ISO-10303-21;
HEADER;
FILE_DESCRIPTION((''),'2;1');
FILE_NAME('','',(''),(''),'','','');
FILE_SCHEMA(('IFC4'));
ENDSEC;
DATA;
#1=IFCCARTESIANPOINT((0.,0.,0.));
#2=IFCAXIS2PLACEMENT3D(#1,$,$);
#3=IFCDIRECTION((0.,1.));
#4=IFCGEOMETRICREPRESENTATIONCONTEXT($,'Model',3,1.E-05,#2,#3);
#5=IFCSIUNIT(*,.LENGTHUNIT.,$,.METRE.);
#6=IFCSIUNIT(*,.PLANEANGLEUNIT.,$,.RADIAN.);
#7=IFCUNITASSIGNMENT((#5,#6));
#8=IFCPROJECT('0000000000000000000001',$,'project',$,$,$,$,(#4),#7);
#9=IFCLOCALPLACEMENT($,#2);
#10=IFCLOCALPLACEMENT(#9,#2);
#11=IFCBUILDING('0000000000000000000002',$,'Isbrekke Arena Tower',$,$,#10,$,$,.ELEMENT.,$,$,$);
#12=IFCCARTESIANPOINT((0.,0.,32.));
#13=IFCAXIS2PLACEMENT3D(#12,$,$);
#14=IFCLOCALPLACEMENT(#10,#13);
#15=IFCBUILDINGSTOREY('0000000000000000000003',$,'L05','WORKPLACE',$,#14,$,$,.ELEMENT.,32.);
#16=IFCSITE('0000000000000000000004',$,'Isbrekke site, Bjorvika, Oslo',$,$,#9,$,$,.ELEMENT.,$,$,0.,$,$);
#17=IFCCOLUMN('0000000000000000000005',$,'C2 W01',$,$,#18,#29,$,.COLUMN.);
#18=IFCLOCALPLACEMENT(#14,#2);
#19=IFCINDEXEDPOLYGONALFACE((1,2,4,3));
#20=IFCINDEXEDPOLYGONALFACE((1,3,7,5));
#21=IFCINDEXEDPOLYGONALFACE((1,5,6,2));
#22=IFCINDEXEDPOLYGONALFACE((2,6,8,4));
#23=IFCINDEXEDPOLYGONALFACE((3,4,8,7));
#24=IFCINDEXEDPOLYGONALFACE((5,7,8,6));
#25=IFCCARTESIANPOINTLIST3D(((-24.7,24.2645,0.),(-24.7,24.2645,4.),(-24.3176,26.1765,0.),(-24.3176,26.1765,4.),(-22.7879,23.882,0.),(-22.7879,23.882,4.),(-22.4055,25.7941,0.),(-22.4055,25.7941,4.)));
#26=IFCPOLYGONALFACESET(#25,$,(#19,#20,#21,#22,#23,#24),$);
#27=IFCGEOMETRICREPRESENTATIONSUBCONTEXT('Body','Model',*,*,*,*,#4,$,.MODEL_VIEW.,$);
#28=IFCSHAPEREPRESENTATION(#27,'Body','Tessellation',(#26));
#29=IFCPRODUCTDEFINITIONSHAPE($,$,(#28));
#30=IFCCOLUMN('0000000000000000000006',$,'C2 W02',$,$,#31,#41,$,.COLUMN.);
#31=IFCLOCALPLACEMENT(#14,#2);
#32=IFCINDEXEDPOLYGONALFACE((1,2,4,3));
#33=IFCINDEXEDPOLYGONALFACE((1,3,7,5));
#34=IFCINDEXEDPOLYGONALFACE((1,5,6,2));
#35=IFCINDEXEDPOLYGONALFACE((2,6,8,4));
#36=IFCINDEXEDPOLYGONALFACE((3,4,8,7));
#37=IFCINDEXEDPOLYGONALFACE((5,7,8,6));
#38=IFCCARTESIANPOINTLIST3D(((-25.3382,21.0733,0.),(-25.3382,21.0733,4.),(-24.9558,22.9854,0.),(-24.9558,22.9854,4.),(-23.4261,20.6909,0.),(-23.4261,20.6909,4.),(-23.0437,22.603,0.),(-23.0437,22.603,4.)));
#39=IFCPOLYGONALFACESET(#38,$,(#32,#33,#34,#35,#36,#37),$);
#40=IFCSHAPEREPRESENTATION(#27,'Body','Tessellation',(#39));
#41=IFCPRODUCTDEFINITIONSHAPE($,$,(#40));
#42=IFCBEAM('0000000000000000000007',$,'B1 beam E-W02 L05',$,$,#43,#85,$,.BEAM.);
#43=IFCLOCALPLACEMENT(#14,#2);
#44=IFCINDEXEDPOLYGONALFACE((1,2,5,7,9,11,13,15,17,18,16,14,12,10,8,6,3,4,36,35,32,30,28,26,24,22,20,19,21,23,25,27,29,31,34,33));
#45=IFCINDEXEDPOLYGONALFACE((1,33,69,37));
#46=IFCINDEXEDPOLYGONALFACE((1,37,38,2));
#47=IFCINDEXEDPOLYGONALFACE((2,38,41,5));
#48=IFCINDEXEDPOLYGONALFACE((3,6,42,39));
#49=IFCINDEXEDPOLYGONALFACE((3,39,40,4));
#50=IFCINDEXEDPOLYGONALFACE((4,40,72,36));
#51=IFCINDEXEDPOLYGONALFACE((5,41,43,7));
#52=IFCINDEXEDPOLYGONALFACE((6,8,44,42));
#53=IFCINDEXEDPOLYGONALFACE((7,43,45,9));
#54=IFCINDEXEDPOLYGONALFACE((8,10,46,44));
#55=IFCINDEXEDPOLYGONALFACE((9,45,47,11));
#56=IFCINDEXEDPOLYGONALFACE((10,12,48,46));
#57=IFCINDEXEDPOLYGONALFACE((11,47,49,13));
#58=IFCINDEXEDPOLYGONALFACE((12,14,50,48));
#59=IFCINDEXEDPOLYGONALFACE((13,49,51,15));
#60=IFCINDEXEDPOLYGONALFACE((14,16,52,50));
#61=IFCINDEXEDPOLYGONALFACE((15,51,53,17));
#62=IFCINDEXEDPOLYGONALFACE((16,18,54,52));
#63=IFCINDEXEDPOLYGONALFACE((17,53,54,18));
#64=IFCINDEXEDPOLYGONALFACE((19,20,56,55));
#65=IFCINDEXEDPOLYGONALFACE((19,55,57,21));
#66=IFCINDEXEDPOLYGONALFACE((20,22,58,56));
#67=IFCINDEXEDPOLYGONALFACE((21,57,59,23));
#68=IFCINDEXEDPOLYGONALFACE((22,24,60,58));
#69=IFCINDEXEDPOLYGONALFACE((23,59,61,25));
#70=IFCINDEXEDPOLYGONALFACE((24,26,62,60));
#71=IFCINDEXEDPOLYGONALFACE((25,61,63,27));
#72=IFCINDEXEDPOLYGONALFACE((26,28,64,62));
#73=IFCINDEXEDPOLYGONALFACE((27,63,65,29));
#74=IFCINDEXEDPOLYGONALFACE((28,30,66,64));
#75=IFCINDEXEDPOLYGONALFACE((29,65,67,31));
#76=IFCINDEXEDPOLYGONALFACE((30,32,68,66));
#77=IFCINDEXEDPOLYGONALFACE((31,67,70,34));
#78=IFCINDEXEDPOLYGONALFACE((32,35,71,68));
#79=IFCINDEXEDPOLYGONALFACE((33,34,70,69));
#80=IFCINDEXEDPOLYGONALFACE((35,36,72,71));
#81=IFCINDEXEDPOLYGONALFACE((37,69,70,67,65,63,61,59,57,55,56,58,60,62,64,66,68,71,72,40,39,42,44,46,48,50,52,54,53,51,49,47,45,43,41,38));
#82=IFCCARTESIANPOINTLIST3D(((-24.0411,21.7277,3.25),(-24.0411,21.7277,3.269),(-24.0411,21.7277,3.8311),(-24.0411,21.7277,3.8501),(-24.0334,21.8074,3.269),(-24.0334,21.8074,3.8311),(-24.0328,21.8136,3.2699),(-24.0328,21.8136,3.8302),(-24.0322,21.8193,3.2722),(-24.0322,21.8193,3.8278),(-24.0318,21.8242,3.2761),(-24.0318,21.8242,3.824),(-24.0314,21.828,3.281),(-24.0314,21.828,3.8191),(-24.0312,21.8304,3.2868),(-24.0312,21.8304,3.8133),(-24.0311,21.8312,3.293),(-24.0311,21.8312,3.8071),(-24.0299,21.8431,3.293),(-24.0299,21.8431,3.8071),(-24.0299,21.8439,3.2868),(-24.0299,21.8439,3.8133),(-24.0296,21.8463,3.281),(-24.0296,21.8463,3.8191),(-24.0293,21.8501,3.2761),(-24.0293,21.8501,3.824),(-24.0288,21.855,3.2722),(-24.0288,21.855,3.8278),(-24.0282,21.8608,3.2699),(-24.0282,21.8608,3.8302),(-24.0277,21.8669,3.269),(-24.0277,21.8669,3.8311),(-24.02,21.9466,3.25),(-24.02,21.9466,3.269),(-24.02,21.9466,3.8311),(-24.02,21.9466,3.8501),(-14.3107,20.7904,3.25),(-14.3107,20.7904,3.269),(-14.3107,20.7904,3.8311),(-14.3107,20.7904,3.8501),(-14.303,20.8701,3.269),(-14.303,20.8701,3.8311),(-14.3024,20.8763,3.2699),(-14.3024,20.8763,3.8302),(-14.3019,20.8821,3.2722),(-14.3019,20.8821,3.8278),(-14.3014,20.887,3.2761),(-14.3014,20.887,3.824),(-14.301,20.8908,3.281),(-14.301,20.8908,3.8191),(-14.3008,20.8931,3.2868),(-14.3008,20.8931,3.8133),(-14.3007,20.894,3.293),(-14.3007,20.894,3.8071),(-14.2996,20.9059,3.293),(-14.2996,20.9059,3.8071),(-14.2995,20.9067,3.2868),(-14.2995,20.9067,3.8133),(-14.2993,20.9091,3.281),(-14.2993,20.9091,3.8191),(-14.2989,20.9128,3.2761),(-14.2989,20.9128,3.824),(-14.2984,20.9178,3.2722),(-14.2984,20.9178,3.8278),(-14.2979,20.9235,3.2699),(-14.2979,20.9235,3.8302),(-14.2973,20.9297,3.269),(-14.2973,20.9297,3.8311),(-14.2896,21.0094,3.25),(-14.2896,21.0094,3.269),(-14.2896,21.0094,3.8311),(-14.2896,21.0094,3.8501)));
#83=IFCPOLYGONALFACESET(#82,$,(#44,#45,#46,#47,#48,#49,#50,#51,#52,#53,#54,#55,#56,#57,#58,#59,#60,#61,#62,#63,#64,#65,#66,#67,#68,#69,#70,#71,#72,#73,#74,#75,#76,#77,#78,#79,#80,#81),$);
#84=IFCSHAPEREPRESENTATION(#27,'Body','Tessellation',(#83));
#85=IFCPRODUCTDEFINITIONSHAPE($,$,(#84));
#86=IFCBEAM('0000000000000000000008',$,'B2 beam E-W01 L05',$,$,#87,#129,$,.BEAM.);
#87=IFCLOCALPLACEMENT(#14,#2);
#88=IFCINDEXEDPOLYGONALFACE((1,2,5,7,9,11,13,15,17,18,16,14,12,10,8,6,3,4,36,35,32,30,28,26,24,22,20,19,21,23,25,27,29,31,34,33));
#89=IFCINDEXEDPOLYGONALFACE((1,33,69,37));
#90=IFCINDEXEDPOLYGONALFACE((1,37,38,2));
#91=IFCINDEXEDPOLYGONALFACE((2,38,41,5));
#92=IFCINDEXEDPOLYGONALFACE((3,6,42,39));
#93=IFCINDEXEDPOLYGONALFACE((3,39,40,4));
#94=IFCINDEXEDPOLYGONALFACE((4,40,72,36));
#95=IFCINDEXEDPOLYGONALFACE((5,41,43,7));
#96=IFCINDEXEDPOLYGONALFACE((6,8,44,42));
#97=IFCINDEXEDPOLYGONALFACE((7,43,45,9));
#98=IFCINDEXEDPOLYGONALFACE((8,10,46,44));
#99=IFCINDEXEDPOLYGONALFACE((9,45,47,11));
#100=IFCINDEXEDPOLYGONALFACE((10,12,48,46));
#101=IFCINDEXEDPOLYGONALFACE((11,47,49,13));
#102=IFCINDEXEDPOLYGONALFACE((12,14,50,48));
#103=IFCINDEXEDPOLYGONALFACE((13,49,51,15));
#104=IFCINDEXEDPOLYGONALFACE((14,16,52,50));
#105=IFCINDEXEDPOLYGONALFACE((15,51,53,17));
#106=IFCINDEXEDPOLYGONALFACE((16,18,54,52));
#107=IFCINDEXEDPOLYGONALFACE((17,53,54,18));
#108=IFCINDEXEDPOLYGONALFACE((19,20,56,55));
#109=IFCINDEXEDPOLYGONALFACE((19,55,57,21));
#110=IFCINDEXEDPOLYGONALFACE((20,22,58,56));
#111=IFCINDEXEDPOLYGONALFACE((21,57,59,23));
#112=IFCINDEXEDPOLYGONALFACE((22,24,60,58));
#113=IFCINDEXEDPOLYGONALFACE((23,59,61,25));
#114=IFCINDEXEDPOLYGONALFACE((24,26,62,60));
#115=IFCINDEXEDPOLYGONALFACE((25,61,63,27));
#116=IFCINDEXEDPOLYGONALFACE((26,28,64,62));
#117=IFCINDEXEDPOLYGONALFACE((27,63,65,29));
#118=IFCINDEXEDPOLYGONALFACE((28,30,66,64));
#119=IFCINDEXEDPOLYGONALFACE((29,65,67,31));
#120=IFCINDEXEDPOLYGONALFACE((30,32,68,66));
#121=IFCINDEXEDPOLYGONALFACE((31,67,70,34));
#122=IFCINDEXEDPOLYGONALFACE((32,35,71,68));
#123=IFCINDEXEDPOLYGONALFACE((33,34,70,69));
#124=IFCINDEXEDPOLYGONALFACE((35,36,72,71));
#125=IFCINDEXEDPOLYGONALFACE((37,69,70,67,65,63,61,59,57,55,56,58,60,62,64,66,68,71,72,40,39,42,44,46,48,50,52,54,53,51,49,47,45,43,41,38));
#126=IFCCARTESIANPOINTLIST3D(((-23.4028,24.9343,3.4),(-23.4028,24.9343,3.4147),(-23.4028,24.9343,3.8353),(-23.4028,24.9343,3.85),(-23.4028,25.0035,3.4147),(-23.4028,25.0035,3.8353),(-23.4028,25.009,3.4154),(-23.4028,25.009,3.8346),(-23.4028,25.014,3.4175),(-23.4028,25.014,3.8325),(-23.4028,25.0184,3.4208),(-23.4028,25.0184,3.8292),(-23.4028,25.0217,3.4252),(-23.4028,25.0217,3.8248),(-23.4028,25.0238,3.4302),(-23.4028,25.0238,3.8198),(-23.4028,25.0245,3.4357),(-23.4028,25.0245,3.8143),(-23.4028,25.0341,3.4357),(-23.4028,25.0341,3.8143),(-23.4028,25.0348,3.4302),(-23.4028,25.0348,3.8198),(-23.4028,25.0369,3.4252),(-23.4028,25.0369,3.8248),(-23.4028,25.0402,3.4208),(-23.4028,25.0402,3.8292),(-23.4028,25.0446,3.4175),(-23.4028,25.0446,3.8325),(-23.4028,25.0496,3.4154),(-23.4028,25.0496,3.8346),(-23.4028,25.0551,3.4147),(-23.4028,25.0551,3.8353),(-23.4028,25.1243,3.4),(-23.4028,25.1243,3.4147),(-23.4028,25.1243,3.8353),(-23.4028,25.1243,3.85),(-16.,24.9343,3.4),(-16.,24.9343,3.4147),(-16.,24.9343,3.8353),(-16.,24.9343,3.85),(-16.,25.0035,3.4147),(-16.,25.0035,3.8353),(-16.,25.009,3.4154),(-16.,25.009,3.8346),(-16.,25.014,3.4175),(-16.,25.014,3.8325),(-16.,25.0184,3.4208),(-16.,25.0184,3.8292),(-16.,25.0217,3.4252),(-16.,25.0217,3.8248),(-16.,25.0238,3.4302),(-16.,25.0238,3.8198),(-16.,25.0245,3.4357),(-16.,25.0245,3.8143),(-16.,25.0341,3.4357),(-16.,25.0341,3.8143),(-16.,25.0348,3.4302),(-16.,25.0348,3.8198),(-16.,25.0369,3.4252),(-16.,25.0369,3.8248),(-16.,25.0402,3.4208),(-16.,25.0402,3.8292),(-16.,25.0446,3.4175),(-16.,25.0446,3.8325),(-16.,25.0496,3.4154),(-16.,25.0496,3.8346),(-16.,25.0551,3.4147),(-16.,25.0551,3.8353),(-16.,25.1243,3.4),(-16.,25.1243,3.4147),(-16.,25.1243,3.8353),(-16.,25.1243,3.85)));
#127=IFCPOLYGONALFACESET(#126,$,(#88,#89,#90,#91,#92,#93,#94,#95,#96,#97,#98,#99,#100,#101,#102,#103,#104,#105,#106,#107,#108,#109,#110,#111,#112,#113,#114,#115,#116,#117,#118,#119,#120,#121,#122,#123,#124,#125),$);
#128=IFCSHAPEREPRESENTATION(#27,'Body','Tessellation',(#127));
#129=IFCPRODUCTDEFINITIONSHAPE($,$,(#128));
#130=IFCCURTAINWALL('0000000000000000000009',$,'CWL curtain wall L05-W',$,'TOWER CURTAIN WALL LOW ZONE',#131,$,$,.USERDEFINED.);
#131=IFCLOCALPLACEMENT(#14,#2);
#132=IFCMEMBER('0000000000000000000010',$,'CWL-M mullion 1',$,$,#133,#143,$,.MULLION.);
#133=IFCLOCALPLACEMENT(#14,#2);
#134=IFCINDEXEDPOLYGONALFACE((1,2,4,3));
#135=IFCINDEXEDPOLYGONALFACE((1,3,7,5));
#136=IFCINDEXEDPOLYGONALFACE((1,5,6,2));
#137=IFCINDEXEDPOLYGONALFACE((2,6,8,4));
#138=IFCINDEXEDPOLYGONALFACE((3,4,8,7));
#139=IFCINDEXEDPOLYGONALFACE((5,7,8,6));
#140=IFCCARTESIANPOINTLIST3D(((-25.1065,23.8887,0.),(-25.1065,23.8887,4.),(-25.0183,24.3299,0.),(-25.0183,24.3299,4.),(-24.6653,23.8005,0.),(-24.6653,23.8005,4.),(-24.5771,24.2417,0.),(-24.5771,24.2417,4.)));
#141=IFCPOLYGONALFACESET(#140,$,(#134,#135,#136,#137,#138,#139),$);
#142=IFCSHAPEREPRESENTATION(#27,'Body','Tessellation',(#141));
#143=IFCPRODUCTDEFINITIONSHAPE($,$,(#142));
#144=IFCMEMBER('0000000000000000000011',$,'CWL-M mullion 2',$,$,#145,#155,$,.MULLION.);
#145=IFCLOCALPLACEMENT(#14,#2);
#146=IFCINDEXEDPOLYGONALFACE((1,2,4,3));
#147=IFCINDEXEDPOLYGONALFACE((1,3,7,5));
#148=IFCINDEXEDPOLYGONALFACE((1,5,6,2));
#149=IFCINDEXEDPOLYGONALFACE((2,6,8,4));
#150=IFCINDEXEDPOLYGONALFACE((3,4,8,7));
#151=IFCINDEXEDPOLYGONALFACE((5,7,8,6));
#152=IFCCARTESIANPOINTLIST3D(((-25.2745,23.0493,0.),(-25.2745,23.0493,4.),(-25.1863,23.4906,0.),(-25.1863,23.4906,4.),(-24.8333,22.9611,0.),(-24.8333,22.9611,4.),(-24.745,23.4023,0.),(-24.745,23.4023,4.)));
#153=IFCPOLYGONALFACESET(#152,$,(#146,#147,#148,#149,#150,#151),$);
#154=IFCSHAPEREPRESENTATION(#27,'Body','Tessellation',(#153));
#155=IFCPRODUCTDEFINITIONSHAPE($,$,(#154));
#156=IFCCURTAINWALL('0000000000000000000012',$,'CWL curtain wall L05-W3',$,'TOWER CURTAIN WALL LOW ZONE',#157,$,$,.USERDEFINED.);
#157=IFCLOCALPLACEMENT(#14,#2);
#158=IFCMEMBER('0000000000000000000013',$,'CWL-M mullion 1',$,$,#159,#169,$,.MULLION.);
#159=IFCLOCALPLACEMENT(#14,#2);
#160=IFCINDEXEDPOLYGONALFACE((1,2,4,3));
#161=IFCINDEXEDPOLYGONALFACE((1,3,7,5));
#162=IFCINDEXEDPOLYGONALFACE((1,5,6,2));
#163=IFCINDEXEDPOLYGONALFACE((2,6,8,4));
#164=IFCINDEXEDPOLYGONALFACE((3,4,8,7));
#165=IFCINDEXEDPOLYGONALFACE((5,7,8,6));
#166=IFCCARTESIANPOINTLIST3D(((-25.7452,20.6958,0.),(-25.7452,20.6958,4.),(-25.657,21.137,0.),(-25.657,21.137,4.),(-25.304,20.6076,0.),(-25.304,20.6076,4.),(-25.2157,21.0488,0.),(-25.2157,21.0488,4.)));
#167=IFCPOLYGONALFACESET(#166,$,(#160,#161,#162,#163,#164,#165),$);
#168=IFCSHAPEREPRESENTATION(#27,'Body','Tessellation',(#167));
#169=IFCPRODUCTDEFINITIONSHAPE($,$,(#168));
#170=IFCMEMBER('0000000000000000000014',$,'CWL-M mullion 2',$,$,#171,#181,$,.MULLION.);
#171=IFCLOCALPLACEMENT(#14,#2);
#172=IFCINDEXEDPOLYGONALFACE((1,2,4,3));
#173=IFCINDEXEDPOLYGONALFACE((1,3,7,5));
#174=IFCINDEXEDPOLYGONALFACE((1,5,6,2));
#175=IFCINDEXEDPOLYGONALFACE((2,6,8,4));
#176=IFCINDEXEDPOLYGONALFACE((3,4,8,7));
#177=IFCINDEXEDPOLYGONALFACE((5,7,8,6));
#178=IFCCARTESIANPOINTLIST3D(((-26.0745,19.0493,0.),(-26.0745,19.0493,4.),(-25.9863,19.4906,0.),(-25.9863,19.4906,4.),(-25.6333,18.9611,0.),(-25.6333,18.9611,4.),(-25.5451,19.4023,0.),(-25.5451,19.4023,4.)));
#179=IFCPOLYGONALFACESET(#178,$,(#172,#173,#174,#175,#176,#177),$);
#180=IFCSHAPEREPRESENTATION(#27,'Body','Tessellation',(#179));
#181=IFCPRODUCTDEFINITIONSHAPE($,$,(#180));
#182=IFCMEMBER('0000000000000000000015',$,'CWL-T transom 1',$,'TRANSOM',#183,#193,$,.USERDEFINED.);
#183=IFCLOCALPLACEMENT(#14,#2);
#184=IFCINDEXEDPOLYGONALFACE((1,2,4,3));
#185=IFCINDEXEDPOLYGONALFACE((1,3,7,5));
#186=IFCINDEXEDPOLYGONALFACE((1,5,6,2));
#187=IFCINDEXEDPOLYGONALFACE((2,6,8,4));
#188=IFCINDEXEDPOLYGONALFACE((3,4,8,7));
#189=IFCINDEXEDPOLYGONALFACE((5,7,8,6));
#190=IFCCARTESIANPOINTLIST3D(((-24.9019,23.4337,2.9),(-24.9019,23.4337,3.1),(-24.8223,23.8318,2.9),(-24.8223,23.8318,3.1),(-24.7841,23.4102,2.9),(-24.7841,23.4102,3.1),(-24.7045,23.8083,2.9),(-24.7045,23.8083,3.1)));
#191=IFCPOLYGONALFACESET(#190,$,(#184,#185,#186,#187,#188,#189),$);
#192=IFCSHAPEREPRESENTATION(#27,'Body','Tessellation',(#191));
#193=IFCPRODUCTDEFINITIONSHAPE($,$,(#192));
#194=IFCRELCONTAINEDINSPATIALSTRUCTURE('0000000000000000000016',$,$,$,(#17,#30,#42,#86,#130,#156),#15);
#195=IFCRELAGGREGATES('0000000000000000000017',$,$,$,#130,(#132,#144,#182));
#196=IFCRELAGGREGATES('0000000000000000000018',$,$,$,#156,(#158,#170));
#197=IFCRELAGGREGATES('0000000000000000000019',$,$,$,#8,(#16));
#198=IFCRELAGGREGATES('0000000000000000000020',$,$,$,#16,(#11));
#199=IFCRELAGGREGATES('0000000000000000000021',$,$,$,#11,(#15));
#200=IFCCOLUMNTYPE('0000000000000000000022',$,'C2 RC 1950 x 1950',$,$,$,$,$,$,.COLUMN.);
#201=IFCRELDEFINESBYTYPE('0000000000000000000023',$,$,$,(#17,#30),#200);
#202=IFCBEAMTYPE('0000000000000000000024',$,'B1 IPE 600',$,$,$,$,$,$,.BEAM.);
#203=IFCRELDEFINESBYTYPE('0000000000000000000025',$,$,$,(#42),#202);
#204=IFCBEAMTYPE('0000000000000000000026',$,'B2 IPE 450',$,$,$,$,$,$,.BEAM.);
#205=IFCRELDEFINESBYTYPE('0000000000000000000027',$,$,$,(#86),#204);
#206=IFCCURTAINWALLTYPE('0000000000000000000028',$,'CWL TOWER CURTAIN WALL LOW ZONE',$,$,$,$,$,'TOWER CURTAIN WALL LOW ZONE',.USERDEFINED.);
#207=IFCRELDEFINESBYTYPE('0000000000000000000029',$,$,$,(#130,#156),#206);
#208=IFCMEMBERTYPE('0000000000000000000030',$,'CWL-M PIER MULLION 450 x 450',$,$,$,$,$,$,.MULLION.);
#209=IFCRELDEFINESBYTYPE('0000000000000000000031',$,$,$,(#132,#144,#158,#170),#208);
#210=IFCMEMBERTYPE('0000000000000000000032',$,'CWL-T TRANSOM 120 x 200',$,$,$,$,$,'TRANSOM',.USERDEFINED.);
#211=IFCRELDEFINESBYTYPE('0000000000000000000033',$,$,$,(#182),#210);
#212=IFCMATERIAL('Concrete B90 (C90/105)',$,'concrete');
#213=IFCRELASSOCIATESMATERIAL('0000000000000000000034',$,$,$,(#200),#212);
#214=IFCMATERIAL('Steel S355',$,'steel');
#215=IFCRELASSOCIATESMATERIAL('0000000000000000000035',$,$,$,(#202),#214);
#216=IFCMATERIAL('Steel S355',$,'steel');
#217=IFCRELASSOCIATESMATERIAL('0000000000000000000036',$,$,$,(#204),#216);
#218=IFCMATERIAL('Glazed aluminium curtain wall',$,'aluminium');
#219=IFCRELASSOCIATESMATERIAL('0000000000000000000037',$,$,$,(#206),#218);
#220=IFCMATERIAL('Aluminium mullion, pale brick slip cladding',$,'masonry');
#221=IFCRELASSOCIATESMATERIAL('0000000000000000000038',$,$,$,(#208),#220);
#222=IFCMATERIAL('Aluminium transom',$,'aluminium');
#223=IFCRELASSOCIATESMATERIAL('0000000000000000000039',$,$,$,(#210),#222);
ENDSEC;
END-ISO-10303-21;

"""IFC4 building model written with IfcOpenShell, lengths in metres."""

from ifc_helpers import new_model, si_unit, direction, frame, origin, origin_2d, place, context, subcontext, project, spatial, rectangle, i_section, extrude, material, material_profile, profile_set, type_object, element, aggregate, save


model = new_model("IFC4")

# Units and contexts
model_context = context("Model", 3, precision=1e-05, world=origin(), true_north=direction((0.0, 1.0)))
body_context = subcontext(model_context, "Body", "Model", "MODEL_VIEW")
ifc_project = project(units=[si_unit("LENGTHUNIT", "METRE"), si_unit("PLANEANGLEUNIT", "RADIAN")], contexts=[model_context])

# Site, building, storey
site_placement = place(None, origin())
site = spatial("IfcSite", under=ifc_project, at=site_placement, Name="Isbrekke site, Bjorvika, Oslo", CompositionType="ELEMENT", RefElevation=0.0)
building_placement = place(site_placement, origin())
building = spatial("IfcBuilding", under=site, at=building_placement, Name="Isbrekke Arena Tower", CompositionType="ELEMENT")
storey_placement = place(building_placement, frame((0.0, 0.0, 32.0)))
storey = spatial("IfcBuildingStorey", under=building, at=storey_placement, Name="L05", Description="WORKPLACE", CompositionType="ELEMENT", Elevation=32.0)

# Columns
ifc_material_1 = material(Name="Concrete B90 (C90/105)", Category="concrete")
ifc_material_profile_1 = material_profile(ifc_material_1, rectangle(XDim=1.95, YDim=1.95, at=origin_2d()), Name="RC 1950x1950")
ifc_profile_set_1 = profile_set([ifc_material_profile_1], Name="Concrete B90 (C90/105)")
column_type = type_object("IfcColumnType", Name="C2 RC 1950 x 1950", PredefinedType="COLUMN", material=ifc_profile_set_1)
for number, where, z_axis, x_axis, name in (
    (1, (-23.5527, 25.0293, 0.0), (0.0, 0.0, 1.0), (-0.196116, -0.980581, 0.0), "C2 W01"),
    (2, (-24.1909, 21.8381, 0.0), (0.0, 0.0, 1.0), (-0.196116, -0.980581, 0.0), "C2 W02"),
):
    element("IfcColumn", number, at=place(storey_placement, frame(where, z_axis=z_axis, x_axis=x_axis)), inside=storey, type_object=column_type, Name=name, PredefinedType="COLUMN", context=body_context, shape_type="SweptSolid", body=[
        extrude(rectangle(XDim=1.95, YDim=1.95, at=origin_2d()), origin(), (0.0, 0.0, 1.0), 4.0),
    ])

# Beams
ifc_material_2 = material(Name="Steel S355", Category="steel")
ifc_material_profile_2 = material_profile(ifc_material_2, i_section(OverallWidth=0.22, OverallDepth=0.6001, WebThickness=0.012, FlangeThickness=0.019, FilletRadius=0.0239, at=origin_2d()), Name="IPE 600")
ifc_profile_set_2 = profile_set([ifc_material_profile_2], Name="Steel S355")
beam_type_1 = type_object("IfcBeamType", Name="B1 IPE 600", PredefinedType="BEAM", material=ifc_profile_set_2)
beam_1_placement = place(storey_placement, frame((-24.0305, 21.8372, 3.55), z_axis=(0.995393, -0.095878, 0.0), x_axis=(0.095878, 0.995393, 0.0)))
element("IfcBeam", 3, at=beam_1_placement, inside=storey, type_object=beam_type_1, Name="B1 beam E-W02 L05", PredefinedType="BEAM", context=body_context, shape_type="SweptSolid", body=[
    extrude(i_section(OverallWidth=0.22, OverallDepth=0.6001, WebThickness=0.012, FlangeThickness=0.019, FilletRadius=0.0239, at=origin_2d()), origin(), (0.0, 0.0, 1.0), 9.7754),
])
ifc_material_3 = material(Name="Steel S355", Category="steel")
ifc_material_profile_3 = material_profile(ifc_material_3, i_section(OverallWidth=0.1899, OverallDepth=0.45, WebThickness=0.0095, FlangeThickness=0.0146, FilletRadius=0.021, at=origin_2d()), Name="IPE 450")
ifc_profile_set_3 = profile_set([ifc_material_profile_3], Name="Steel S355")
beam_type_2 = type_object("IfcBeamType", Name="B2 IPE 450", PredefinedType="BEAM", material=ifc_profile_set_3)
beam_2_placement = place(storey_placement, frame((-23.4028, 25.0293, 3.625), z_axis=(1.0, 0.0, 0.0), x_axis=(0.0, 1.0, 0.0)))
element("IfcBeam", 4, at=beam_2_placement, inside=storey, type_object=beam_type_2, Name="B2 beam E-W01 L05", PredefinedType="BEAM", context=body_context, shape_type="SweptSolid", body=[
    extrude(i_section(OverallWidth=0.1899, OverallDepth=0.45, WebThickness=0.0095, FlangeThickness=0.0146, FilletRadius=0.021, at=origin_2d()), origin(), (0.0, 0.0, 1.0), 7.4028),
])

# Curtain walls, members
ifc_material_4 = material(Name="Glazed aluminium curtain wall", Category="aluminium")
curtain_wall_type = type_object("IfcCurtainWallType", Name="CWL TOWER CURTAIN WALL LOW ZONE", ElementType="TOWER CURTAIN WALL LOW ZONE", PredefinedType="USERDEFINED", material=ifc_material_4)
curtain_wall_1_placement = place(storey_placement, origin())
curtain_wall_1 = element("IfcCurtainWall", 5, at=curtain_wall_1_placement, inside=storey, type_object=curtain_wall_type, Name="CWL curtain wall L05-W", ObjectType="TOWER CURTAIN WALL LOW ZONE", PredefinedType="USERDEFINED")
ifc_material_5 = material(Name="Aluminium mullion, pale brick slip cladding", Category="masonry")
ifc_material_profile_4 = material_profile(ifc_material_5, rectangle(XDim=0.45, YDim=0.45, at=origin_2d()), Name="PIER 450X450")
ifc_profile_set_4 = profile_set([ifc_material_profile_4], Name="Aluminium mullion, pale brick slip cladding")
member_type_1 = type_object("IfcMemberType", Name="CWL-M PIER MULLION 450 x 450", PredefinedType="MULLION", material=ifc_profile_set_4)
member_1_placement = place(storey_placement, frame((-24.8418, 24.0652, 0.0), z_axis=(0.0, 0.0, 1.0), x_axis=(-0.196116, -0.980581, 0.0)))
member_1 = element("IfcMember", 6, at=member_1_placement, type_object=member_type_1, Name="CWL-M mullion 1", PredefinedType="MULLION", context=body_context, shape_type="SweptSolid", body=[
    extrude(rectangle(XDim=0.45, YDim=0.45, at=origin_2d()), origin(), (0.0, 0.0, 1.0), 4.0),
])
member_2_placement = place(storey_placement, frame((-25.0098, 23.2258, 0.0), z_axis=(0.0, 0.0, 1.0), x_axis=(-0.196116, -0.980581, 0.0)))
member_2 = element("IfcMember", 7, at=member_2_placement, type_object=member_type_1, Name="CWL-M mullion 2", PredefinedType="MULLION", context=body_context, shape_type="SweptSolid", body=[
    extrude(rectangle(XDim=0.45, YDim=0.45, at=origin_2d()), origin(), (0.0, 0.0, 1.0), 4.0),
])
curtain_wall_2_placement = place(storey_placement, origin())
curtain_wall_2 = element("IfcCurtainWall", 8, at=curtain_wall_2_placement, inside=storey, type_object=curtain_wall_type, Name="CWL curtain wall L05-W3", ObjectType="TOWER CURTAIN WALL LOW ZONE", PredefinedType="USERDEFINED")
member_3_placement = place(storey_placement, frame((-25.4805, 20.8723, 0.0), z_axis=(0.0, 0.0, 1.0), x_axis=(-0.196116, -0.980581, 0.0)))
member_3 = element("IfcMember", 9, at=member_3_placement, type_object=member_type_1, Name="CWL-M mullion 1", PredefinedType="MULLION", context=body_context, shape_type="SweptSolid", body=[
    extrude(rectangle(XDim=0.45, YDim=0.45, at=origin_2d()), origin(), (0.0, 0.0, 1.0), 4.0),
])
member_4_placement = place(storey_placement, frame((-25.8098, 19.2258, 0.0), z_axis=(0.0, 0.0, 1.0), x_axis=(-0.196116, -0.980581, 0.0)))
member_4 = element("IfcMember", 10, at=member_4_placement, type_object=member_type_1, Name="CWL-M mullion 2", PredefinedType="MULLION", context=body_context, shape_type="SweptSolid", body=[
    extrude(rectangle(XDim=0.45, YDim=0.45, at=origin_2d()), origin(), (0.0, 0.0, 1.0), 4.0),
])

# Member
ifc_material_6 = material(Name="Aluminium transom", Category="aluminium")
ifc_material_profile_5 = material_profile(ifc_material_6, rectangle(XDim=0.1201, YDim=0.2, at=origin_2d()), Name="TRANSOM 120X200")
ifc_profile_set_5 = profile_set([ifc_material_profile_5], Name="Aluminium transom")
member_type_2 = type_object("IfcMemberType", Name="CWL-T TRANSOM 120 x 200", ElementType="TRANSOM", PredefinedType="USERDEFINED", material=ifc_profile_set_5)
member_5_placement = place(storey_placement, frame((-24.7634, 23.8201, 3.0), z_axis=(-0.196001, -0.980604, 0.0), x_axis=(0.980604, -0.196001, 0.0)))
member_5 = element("IfcMember", 11, at=member_5_placement, type_object=member_type_2, Name="CWL-T transom 1", ObjectType="TRANSOM", PredefinedType="USERDEFINED", context=body_context, shape_type="SweptSolid", body=[
    extrude(rectangle(XDim=0.1201, YDim=0.2, at=origin_2d()), origin(), (0.0, 0.0, 1.0), 0.406),
])

aggregate(curtain_wall_1, [member_1, member_2, member_5])
aggregate(curtain_wall_2, [member_3, member_4])

save(model, "model.ifc")
